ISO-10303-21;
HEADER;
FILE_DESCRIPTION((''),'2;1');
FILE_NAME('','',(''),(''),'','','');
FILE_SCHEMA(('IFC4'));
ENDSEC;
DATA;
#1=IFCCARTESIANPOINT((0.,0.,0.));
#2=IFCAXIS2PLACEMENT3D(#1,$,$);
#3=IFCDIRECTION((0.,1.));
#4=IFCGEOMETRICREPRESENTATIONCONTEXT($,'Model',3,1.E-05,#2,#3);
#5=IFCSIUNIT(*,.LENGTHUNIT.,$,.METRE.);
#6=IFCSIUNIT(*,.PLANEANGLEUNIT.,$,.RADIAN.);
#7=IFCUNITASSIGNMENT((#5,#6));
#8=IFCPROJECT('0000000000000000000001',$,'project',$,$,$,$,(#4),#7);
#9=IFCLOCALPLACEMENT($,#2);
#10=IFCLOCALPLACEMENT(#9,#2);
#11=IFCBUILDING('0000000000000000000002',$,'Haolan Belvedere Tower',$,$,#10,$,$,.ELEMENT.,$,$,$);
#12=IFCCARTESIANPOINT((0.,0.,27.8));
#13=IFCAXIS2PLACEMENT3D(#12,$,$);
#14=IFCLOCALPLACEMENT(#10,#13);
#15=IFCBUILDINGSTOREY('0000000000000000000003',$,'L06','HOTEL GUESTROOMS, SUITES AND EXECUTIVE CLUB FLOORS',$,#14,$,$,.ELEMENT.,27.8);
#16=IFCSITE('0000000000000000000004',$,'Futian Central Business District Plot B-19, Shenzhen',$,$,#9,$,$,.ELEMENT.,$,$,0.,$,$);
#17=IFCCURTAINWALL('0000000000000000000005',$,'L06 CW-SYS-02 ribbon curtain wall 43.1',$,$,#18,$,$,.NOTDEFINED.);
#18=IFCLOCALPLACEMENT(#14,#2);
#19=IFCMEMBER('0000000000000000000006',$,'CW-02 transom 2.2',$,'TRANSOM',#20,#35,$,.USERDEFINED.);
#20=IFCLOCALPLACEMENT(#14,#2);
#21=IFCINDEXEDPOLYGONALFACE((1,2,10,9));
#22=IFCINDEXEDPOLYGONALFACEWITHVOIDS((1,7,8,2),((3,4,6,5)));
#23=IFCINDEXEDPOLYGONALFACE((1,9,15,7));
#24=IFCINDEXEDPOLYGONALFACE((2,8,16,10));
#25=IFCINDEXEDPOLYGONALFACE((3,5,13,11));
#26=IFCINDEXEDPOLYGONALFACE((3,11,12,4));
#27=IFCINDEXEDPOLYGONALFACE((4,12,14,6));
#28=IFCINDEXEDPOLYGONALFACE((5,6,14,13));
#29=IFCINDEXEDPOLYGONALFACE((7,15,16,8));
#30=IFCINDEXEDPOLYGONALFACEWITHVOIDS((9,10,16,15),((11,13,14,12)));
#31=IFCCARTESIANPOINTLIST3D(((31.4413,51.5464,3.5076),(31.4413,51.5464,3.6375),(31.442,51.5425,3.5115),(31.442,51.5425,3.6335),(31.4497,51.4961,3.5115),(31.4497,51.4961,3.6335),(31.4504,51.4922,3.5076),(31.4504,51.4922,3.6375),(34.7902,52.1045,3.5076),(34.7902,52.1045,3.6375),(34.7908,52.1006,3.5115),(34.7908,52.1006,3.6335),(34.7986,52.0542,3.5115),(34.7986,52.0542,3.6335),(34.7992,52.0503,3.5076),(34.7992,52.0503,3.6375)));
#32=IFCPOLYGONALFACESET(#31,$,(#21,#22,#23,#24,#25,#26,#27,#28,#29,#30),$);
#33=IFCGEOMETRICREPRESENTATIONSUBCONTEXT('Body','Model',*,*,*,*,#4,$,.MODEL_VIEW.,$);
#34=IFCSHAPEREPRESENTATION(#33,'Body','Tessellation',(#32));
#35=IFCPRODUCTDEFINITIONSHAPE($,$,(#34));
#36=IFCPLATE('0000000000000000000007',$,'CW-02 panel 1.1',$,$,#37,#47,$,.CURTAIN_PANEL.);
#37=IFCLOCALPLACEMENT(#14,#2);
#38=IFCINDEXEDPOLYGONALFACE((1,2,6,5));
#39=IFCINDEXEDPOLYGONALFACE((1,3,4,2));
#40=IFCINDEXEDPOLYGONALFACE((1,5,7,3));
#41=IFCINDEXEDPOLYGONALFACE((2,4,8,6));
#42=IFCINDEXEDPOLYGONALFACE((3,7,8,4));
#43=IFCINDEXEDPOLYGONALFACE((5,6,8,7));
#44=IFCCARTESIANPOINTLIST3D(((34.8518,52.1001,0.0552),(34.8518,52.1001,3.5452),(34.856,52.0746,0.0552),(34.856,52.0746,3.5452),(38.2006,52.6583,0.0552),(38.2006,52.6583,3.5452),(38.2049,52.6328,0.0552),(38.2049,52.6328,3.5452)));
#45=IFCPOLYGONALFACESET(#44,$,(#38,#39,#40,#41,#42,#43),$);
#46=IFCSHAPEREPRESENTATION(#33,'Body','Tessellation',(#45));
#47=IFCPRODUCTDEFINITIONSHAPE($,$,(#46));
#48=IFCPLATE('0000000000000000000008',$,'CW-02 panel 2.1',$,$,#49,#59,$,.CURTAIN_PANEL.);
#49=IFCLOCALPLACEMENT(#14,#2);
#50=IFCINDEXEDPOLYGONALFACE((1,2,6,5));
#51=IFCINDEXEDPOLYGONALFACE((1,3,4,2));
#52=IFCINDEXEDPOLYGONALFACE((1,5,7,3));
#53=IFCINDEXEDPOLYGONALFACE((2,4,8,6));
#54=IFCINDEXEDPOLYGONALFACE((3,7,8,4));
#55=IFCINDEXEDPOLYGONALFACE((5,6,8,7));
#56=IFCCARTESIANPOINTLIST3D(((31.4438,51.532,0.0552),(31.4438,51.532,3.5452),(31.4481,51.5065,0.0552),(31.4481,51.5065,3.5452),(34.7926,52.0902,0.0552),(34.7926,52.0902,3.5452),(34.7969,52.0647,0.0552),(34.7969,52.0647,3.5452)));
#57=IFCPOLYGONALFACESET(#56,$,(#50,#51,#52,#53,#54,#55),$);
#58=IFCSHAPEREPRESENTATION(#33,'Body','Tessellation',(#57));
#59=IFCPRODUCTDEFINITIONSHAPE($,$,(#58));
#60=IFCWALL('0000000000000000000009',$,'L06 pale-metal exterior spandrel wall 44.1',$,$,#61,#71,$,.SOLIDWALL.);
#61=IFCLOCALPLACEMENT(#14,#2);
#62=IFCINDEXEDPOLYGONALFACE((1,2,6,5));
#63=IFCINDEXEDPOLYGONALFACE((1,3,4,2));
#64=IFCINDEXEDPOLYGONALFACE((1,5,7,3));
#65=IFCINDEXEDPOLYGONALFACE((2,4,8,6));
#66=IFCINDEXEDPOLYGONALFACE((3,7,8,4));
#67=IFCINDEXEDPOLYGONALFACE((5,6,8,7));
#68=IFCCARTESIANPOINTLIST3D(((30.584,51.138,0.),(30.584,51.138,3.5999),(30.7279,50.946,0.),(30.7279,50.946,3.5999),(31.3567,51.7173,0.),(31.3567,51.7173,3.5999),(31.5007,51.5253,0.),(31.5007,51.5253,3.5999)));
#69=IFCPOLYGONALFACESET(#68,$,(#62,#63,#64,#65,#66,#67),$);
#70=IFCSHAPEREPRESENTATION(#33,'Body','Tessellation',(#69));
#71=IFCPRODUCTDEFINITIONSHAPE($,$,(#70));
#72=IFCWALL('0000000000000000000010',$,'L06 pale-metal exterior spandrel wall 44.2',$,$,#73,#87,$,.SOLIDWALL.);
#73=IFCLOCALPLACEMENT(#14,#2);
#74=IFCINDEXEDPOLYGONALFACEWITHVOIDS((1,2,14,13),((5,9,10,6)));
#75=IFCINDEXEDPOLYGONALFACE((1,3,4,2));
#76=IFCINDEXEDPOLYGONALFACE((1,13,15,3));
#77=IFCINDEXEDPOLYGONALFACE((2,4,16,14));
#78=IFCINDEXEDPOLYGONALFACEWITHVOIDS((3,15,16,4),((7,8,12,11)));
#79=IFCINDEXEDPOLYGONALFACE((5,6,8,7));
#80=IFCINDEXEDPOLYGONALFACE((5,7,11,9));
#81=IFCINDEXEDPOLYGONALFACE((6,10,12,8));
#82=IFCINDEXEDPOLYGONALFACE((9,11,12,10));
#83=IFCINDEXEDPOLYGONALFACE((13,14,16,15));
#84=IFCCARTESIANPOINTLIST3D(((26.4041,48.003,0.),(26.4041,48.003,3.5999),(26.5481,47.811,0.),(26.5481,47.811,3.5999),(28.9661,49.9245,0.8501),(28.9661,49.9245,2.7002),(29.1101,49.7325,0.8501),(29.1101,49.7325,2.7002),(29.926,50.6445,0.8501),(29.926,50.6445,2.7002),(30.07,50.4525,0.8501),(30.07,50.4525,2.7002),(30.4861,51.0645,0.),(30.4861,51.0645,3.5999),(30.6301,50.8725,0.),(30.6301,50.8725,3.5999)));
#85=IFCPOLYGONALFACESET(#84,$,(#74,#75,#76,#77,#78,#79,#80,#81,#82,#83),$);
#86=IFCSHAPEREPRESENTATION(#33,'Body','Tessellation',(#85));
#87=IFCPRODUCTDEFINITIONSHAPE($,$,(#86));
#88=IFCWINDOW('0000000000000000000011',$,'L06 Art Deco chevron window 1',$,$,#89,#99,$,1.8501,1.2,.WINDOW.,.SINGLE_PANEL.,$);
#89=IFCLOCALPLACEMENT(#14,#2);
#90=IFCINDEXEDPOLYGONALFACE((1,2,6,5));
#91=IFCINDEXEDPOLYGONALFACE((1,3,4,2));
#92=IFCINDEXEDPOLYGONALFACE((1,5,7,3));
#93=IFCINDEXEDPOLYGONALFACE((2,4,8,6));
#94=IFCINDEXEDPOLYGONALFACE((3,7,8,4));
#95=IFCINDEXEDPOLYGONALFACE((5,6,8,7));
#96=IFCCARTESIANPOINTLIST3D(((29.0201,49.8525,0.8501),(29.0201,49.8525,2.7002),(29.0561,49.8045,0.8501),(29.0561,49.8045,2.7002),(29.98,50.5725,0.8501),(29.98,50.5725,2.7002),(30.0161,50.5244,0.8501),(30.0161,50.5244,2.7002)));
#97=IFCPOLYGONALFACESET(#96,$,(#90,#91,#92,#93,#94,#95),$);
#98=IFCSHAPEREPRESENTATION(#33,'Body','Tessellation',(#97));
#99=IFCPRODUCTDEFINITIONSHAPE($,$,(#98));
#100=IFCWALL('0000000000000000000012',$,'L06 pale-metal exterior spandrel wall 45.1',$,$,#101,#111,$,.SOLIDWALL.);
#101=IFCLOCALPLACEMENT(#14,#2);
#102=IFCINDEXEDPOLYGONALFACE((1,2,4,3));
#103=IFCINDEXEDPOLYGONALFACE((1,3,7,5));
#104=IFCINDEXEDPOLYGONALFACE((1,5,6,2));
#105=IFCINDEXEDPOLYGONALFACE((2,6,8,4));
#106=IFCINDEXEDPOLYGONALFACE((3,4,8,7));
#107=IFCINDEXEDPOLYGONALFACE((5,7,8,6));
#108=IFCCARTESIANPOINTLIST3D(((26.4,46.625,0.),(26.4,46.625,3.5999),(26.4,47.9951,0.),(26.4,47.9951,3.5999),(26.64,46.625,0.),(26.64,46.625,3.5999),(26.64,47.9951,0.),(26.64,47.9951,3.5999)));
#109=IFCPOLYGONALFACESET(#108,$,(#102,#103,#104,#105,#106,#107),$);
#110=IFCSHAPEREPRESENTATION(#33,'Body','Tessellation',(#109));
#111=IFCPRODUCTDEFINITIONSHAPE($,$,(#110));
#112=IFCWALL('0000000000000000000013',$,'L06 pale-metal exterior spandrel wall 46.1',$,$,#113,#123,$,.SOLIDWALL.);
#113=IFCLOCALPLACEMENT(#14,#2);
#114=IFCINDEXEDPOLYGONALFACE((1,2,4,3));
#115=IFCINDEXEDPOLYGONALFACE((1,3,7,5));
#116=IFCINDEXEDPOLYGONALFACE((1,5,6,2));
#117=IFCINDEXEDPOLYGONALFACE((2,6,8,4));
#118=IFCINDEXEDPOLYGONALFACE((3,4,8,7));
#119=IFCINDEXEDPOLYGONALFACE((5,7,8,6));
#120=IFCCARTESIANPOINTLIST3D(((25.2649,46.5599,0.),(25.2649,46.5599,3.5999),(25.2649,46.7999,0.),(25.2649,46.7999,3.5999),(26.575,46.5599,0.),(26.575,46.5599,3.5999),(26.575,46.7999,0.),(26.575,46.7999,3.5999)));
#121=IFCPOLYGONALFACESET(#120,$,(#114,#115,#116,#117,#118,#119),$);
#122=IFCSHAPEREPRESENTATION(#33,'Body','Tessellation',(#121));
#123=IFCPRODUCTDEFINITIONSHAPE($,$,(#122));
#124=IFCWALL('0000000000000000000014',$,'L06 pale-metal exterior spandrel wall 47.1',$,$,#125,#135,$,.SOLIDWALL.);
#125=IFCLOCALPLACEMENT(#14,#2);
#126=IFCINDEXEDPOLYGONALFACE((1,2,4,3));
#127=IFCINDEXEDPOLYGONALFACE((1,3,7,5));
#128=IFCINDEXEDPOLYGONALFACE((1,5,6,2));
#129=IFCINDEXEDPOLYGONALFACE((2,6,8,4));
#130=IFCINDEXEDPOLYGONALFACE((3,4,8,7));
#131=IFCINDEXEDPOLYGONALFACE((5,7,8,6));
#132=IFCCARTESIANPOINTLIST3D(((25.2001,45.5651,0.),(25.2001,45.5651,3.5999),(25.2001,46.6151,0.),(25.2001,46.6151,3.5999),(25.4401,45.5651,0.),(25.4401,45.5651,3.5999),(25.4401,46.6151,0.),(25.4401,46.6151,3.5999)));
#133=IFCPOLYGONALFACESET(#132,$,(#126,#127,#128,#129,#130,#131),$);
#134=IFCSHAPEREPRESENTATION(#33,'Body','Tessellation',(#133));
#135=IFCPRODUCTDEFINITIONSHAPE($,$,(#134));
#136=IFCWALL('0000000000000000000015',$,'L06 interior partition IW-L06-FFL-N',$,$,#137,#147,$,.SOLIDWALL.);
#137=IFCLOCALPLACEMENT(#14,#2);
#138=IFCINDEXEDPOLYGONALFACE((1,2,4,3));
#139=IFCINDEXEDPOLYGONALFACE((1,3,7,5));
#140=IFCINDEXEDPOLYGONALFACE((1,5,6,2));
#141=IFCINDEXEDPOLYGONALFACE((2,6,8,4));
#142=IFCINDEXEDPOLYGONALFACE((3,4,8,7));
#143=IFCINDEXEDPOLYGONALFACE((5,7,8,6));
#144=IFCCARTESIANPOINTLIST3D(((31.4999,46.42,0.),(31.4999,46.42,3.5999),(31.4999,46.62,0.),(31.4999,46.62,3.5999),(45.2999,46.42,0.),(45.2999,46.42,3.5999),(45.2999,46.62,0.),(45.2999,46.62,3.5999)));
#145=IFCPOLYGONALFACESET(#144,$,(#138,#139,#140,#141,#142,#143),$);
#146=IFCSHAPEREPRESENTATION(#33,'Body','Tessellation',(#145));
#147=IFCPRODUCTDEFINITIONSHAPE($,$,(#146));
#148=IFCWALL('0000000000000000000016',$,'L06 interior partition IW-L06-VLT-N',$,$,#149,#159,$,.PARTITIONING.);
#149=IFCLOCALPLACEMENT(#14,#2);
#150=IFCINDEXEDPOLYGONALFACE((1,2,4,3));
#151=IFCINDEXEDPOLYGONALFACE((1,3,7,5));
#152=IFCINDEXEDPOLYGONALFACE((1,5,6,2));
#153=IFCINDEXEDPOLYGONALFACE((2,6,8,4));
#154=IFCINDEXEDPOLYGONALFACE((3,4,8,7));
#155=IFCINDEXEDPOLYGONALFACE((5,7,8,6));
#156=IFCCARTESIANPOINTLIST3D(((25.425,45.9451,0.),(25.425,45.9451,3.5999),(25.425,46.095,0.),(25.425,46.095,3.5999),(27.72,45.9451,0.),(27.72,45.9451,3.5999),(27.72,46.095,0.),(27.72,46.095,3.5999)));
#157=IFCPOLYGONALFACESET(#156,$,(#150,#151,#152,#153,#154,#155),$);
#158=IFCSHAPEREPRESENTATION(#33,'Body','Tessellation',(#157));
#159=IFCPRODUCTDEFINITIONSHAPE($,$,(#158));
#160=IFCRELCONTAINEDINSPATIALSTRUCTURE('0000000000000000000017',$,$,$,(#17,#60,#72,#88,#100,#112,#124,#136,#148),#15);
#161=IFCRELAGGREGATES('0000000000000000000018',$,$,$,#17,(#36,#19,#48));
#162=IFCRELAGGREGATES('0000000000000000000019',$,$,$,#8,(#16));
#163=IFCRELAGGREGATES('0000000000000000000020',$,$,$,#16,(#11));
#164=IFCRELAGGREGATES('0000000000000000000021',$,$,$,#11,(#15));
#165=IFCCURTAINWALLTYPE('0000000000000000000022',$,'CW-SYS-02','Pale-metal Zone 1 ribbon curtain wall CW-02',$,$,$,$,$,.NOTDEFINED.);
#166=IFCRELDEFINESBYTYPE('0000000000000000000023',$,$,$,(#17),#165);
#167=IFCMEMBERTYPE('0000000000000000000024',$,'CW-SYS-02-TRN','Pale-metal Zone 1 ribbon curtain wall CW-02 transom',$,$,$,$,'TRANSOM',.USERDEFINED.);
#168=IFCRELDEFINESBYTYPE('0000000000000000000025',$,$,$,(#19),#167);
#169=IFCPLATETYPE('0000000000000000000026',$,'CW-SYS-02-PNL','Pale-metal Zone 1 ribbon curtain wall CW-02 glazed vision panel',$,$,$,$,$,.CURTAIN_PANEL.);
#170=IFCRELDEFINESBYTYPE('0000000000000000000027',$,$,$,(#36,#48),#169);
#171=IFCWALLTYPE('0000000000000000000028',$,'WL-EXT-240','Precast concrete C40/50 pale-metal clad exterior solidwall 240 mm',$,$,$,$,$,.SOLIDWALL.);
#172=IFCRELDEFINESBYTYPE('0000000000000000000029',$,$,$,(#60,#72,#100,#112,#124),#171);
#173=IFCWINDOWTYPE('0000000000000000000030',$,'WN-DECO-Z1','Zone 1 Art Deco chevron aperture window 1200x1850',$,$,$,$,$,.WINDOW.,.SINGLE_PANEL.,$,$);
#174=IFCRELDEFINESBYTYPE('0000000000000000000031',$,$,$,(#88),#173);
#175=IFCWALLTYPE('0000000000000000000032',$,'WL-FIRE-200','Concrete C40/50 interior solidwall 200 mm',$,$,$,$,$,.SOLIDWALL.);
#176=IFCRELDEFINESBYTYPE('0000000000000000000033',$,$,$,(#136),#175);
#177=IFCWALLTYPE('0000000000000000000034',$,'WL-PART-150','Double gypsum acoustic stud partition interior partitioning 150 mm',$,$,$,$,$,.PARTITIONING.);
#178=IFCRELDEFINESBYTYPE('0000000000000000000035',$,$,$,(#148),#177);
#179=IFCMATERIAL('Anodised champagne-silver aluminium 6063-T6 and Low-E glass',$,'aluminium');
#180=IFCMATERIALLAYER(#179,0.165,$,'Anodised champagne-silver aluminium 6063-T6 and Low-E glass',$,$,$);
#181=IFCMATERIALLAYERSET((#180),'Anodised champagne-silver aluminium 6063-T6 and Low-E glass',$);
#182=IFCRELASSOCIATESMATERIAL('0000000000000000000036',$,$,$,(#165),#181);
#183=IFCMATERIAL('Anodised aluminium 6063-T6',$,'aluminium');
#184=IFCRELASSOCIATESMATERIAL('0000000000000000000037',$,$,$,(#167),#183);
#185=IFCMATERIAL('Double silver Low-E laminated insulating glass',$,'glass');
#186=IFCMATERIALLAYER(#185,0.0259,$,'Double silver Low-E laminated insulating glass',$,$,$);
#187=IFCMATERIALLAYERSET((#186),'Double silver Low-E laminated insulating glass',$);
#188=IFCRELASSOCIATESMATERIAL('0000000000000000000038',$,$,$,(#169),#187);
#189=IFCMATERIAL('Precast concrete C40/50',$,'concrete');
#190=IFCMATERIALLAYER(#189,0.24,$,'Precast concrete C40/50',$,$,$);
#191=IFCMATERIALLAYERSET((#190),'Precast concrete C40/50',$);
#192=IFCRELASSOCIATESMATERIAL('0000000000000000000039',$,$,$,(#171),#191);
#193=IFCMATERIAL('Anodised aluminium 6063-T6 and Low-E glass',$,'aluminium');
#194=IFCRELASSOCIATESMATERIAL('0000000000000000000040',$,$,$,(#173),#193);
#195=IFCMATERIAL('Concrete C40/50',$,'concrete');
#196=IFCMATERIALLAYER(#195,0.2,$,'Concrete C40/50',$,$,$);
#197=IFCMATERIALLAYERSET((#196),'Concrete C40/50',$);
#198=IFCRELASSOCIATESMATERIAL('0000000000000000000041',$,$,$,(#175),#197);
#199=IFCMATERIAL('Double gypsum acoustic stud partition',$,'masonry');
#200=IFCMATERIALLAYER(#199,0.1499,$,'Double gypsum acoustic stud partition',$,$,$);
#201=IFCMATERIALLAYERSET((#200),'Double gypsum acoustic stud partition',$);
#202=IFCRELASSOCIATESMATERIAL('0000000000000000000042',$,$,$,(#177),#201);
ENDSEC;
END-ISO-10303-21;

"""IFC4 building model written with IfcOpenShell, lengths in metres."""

from ifc_helpers import new_model, si_unit, direction, frame, frame_2d, origin, origin_2d, place, context, subcontext, project, spatial, rectangle, hollow_rectangle, extrude, material, layer, layer_set, material_profile, profile_set, type_object, element, fill, aggregate, save


model = new_model("IFC4")

# Units and contexts
model_context = context("Model", 3, precision=1e-05, world=origin(), true_north=direction((0.0, 1.0)))
body_context = subcontext(model_context, "Body", "Model", "MODEL_VIEW")
ifc_project = project(units=[si_unit("LENGTHUNIT", "METRE"), si_unit("PLANEANGLEUNIT", "RADIAN")], contexts=[model_context])

# Site, building, storey
site_placement = place(None, origin())
site = spatial("IfcSite", under=ifc_project, at=site_placement, Name="Futian Central Business District Plot B-19, Shenzhen", CompositionType="ELEMENT", RefElevation=0.0)
building_placement = place(site_placement, origin())
building = spatial("IfcBuilding", under=site, at=building_placement, Name="Haolan Belvedere Tower", CompositionType="ELEMENT")
storey_placement = place(building_placement, frame((0.0, 0.0, 27.8)))
storey = spatial("IfcBuildingStorey", under=building, at=storey_placement, Name="L06", Description="HOTEL GUESTROOMS, SUITES AND EXECUTIVE CLUB FLOORS", CompositionType="ELEMENT", Elevation=27.8)

# Curtain wall, member, plates
ifc_material_1 = material(Name="Anodised champagne-silver aluminium 6063-T6 and Low-E glass", Category="aluminium")
ifc_layer_1 = layer(ifc_material_1, 0.165, Name="Anodised champagne-silver aluminium 6063-T6 and Low-E glass")
ifc_layer_set_1 = layer_set([ifc_layer_1], Name="Anodised champagne-silver aluminium 6063-T6 and Low-E glass")
curtain_wall_type = type_object("IfcCurtainWallType", Name="CW-SYS-02", Description="Pale-metal Zone 1 ribbon curtain wall CW-02", PredefinedType="NOTDEFINED", material=ifc_layer_set_1)
curtain_wall_placement = place(storey_placement, origin())
curtain_wall = element("IfcCurtainWall", 1, at=curtain_wall_placement, inside=storey, type_object=curtain_wall_type, Name="L06 CW-SYS-02 ribbon curtain wall 43.1", PredefinedType="NOTDEFINED")
ifc_material_2 = material(Name="Anodised aluminium 6063-T6", Category="aluminium")
ifc_material_profile_1 = material_profile(ifc_material_2, hollow_rectangle(XDim=0.0549, YDim=0.1299, WallThickness=0.0039, at=origin_2d()), Name="Anodised aluminium 6063-T6")
ifc_profile_set_1 = profile_set([ifc_material_profile_1], Name="Anodised aluminium 6063-T6")
member_type_1 = type_object("IfcMemberType", Name="CW-SYS-02-TRN", Description="Pale-metal Zone 1 ribbon curtain wall CW-02 transom", ElementType="TRANSOM", PredefinedType="USERDEFINED", material=ifc_profile_set_1)
member_1_placement = place(storey_placement, frame((34.7947, 52.0774, 3.5725), z_axis=(-0.986396, -0.164387, 0.0), x_axis=(0.164387, -0.986396, 0.0)))
member_1 = element("IfcMember", 2, at=member_1_placement, type_object=member_type_1, Name="CW-02 transom 2.2", ObjectType="TRANSOM", PredefinedType="USERDEFINED", context=body_context, shape_type="SweptSolid", body=[
    extrude(hollow_rectangle(XDim=0.0549, YDim=0.1299, WallThickness=0.0039, at=origin_2d()), origin(), (0.0, 0.0, 1.0), 3.395),
])
ifc_material_3 = material(Name="Double silver Low-E laminated insulating glass", Category="glass")
ifc_layer_2 = layer(ifc_material_3, 0.0259, Name="Double silver Low-E laminated insulating glass")
ifc_layer_set_2 = layer_set([ifc_layer_2], Name="Double silver Low-E laminated insulating glass")
plate_type = type_object("IfcPlateType", Name="CW-SYS-02-PNL", Description="Pale-metal Zone 1 ribbon curtain wall CW-02 glazed vision panel", PredefinedType="CURTAIN_PANEL", material=ifc_layer_set_2)
plate_1_placement = place(storey_placement, frame((36.5283, 52.3665, 0.0552), z_axis=(0.0, 0.0, 1.0), x_axis=(-0.986393, -0.164404, 0.0)))
plate_1 = element("IfcPlate", 3, at=plate_1_placement, type_object=plate_type, Name="CW-02 panel 1.1", PredefinedType="CURTAIN_PANEL", context=body_context, shape_type="SweptSolid", body=[
    extrude(rectangle(XDim=3.395, YDim=0.0259, at=origin_2d()), origin(), (0.0, 0.0, 1.0), 3.49),
])
plate_2_placement = place(storey_placement, frame((33.1204, 51.7983, 0.0552), z_axis=(0.0, 0.0, 1.0), x_axis=(-0.986393, -0.164404, 0.0)))
plate_2 = element("IfcPlate", 4, at=plate_2_placement, type_object=plate_type, Name="CW-02 panel 2.1", PredefinedType="CURTAIN_PANEL", context=body_context, shape_type="SweptSolid", body=[
    extrude(rectangle(XDim=3.395, YDim=0.0259, at=origin_2d()), origin(), (0.0, 0.0, 1.0), 3.49),
])
aggregate(curtain_wall, [plate_1, member_1, plate_2])

# Wall
ifc_material_4 = material(Name="Precast concrete C40/50", Category="concrete")
ifc_layer_3 = layer(ifc_material_4, 0.24, Name="Precast concrete C40/50")
ifc_layer_set_3 = layer_set([ifc_layer_3], Name="Precast concrete C40/50")
wall_type_1 = type_object("IfcWallType", Name="WL-EXT-240", Description="Precast concrete C40/50 pale-metal clad exterior solidwall 240 mm", PredefinedType="SOLIDWALL", material=ifc_layer_set_3)
wall_1_placement = place(storey_placement, frame((31.4287, 51.6213, 0.0), z_axis=(0.0, 0.0, 1.0), x_axis=(-0.800091, -0.599879, 0.0)))
element("IfcWall", 5, at=wall_1_placement, inside=storey, type_object=wall_type_1, Name="L06 pale-metal exterior spandrel wall 44.1", PredefinedType="SOLIDWALL", context=body_context, shape_type="SweptSolid", body=[
    extrude(rectangle(XDim=0.9658, YDim=0.24, at=frame_2d((0.4829, 0.0))), origin(), (0.0, 0.0, 1.0), 3.5999),
])

# Wall, opening, window
wall_2_placement = place(storey_placement, frame((30.5581, 50.9685, 0.0), z_axis=(0.0, 0.0, 1.0), x_axis=(-0.8, -0.6, 0.0)))
wall_2 = element("IfcWall", 6, at=wall_2_placement, inside=storey, type_object=wall_type_1, Name="L06 pale-metal exterior spandrel wall 44.2", PredefinedType="SOLIDWALL", context=body_context, shape_type="SweptSolid", body=[
    extrude(rectangle(XDim=5.1025, YDim=0.24, at=frame_2d((2.5513, 0.0))), origin(), (0.0, 0.0, 1.0), 3.5999),
])
opening_1_placement = place(wall_2_placement, frame((0.7, 0.0, 0.8501)))
opening_1 = element("IfcOpeningElement", 7, at=opening_1_placement, cuts=wall_2, PredefinedType="OPENING", context=body_context, shape_type="SweptSolid", body=[
    extrude(rectangle(XDim=1.2, YDim=1.8501, at=frame_2d((0.6001, 0.925))), frame((0.0, 0.1299, 0.0), z_axis=(0.0, -1.0, 0.0), x_axis=(1.0, 0.0, 0.0)), (0.0, 0.0, 1.0), 0.26),
])
ifc_material_5 = material(Name="Anodised aluminium 6063-T6 and Low-E glass", Category="aluminium")
window_type = type_object("IfcWindowType", Name="WN-DECO-Z1", Description="Zone 1 Art Deco chevron aperture window 1200x1850", PartitioningType="SINGLE_PANEL", PredefinedType="WINDOW", material=ifc_material_5)
window_placement = place(opening_1_placement, origin())
window = element("IfcWindow", 8, at=window_placement, inside=storey, type_object=window_type, Name="L06 Art Deco chevron window 1", OverallHeight=1.8501, OverallWidth=1.2, PartitioningType="SINGLE_PANEL", PredefinedType="WINDOW", context=body_context, shape_type="SweptSolid", body=[
    extrude(rectangle(XDim=1.2, YDim=1.8501, at=frame_2d((0.6001, 0.925))), frame((0.0, 0.03, 0.0), z_axis=(0.0, -1.0, 0.0), x_axis=(1.0, 0.0, 0.0)), (0.0, 0.0, 1.0), 0.0601),
])
fill(opening_1, window)

# Walls
wall_3_placement = place(storey_placement, frame((26.52, 47.9951, 0.0), z_axis=(0.0, 0.0, 1.0), x_axis=(0.0, -1.0, 0.0)))
element("IfcWall", 9, at=wall_3_placement, inside=storey, type_object=wall_type_1, Name="L06 pale-metal exterior spandrel wall 45.1", PredefinedType="SOLIDWALL", context=body_context, shape_type="SweptSolid", body=[
    extrude(rectangle(XDim=1.3701, YDim=0.24, at=frame_2d((0.6851, 0.0))), origin(), (0.0, 0.0, 1.0), 3.5999),
])
wall_4_placement = place(storey_placement, frame((26.575, 46.6799, 0.0), z_axis=(0.0, 0.0, 1.0), x_axis=(-1.0, 0.0, 0.0)))
element("IfcWall", 10, at=wall_4_placement, inside=storey, type_object=wall_type_1, Name="L06 pale-metal exterior spandrel wall 46.1", PredefinedType="SOLIDWALL", context=body_context, shape_type="SweptSolid", body=[
    extrude(rectangle(XDim=1.3101, YDim=0.24, at=frame_2d((0.655, 0.0))), origin(), (0.0, 0.0, 1.0), 3.5999),
])
wall_5_placement = place(storey_placement, frame((25.3201, 46.615, 0.0), z_axis=(0.0, 0.0, 1.0), x_axis=(0.0, -1.0, 0.0)))
element("IfcWall", 11, at=wall_5_placement, inside=storey, type_object=wall_type_1, Name="L06 pale-metal exterior spandrel wall 47.1", PredefinedType="SOLIDWALL", context=body_context, shape_type="SweptSolid", body=[
    extrude(rectangle(XDim=1.05, YDim=0.24, at=frame_2d((0.5249, 0.0))), origin(), (0.0, 0.0, 1.0), 3.5999),
])
ifc_material_6 = material(Name="Concrete C40/50", Category="concrete")
ifc_layer_4 = layer(ifc_material_6, 0.2, Name="Concrete C40/50")
ifc_layer_set_4 = layer_set([ifc_layer_4], Name="Concrete C40/50")
wall_type_2 = type_object("IfcWallType", Name="WL-FIRE-200", Description="Concrete C40/50 interior solidwall 200 mm", PredefinedType="SOLIDWALL", material=ifc_layer_set_4)
wall_6_placement = place(storey_placement, frame((31.5, 46.52, 0.0), z_axis=(0.0, 0.0, 1.0), x_axis=(1.0, 0.0, 0.0)))
element("IfcWall", 12, at=wall_6_placement, inside=storey, type_object=wall_type_2, Name="L06 interior partition IW-L06-FFL-N", PredefinedType="SOLIDWALL", context=body_context, shape_type="SweptSolid", body=[
    extrude(rectangle(XDim=13.8, YDim=0.2, at=frame_2d((6.8999, 0.0))), origin(), (0.0, 0.0, 1.0), 3.5999),
])

# Wall
ifc_material_7 = material(Name="Double gypsum acoustic stud partition", Category="masonry")
ifc_layer_5 = layer(ifc_material_7, 0.1499, Name="Double gypsum acoustic stud partition")
ifc_layer_set_5 = layer_set([ifc_layer_5], Name="Double gypsum acoustic stud partition")
wall_type_3 = type_object("IfcWallType", Name="WL-PART-150", Description="Double gypsum acoustic stud partition interior partitioning 150 mm", PredefinedType="PARTITIONING", material=ifc_layer_set_5)
wall_7_placement = place(storey_placement, frame((25.425, 46.02, 0.0), z_axis=(0.0, 0.0, 1.0), x_axis=(1.0, 0.0, 0.0)))
element("IfcWall", 13, at=wall_7_placement, inside=storey, type_object=wall_type_3, Name="L06 interior partition IW-L06-VLT-N", PredefinedType="PARTITIONING", context=body_context, shape_type="SweptSolid", body=[
    extrude(rectangle(XDim=2.2949, YDim=0.1499, at=frame_2d((1.1475, 0.0))), origin(), (0.0, 0.0, 1.0), 3.5999),
])

save(model, "model.ifc")
